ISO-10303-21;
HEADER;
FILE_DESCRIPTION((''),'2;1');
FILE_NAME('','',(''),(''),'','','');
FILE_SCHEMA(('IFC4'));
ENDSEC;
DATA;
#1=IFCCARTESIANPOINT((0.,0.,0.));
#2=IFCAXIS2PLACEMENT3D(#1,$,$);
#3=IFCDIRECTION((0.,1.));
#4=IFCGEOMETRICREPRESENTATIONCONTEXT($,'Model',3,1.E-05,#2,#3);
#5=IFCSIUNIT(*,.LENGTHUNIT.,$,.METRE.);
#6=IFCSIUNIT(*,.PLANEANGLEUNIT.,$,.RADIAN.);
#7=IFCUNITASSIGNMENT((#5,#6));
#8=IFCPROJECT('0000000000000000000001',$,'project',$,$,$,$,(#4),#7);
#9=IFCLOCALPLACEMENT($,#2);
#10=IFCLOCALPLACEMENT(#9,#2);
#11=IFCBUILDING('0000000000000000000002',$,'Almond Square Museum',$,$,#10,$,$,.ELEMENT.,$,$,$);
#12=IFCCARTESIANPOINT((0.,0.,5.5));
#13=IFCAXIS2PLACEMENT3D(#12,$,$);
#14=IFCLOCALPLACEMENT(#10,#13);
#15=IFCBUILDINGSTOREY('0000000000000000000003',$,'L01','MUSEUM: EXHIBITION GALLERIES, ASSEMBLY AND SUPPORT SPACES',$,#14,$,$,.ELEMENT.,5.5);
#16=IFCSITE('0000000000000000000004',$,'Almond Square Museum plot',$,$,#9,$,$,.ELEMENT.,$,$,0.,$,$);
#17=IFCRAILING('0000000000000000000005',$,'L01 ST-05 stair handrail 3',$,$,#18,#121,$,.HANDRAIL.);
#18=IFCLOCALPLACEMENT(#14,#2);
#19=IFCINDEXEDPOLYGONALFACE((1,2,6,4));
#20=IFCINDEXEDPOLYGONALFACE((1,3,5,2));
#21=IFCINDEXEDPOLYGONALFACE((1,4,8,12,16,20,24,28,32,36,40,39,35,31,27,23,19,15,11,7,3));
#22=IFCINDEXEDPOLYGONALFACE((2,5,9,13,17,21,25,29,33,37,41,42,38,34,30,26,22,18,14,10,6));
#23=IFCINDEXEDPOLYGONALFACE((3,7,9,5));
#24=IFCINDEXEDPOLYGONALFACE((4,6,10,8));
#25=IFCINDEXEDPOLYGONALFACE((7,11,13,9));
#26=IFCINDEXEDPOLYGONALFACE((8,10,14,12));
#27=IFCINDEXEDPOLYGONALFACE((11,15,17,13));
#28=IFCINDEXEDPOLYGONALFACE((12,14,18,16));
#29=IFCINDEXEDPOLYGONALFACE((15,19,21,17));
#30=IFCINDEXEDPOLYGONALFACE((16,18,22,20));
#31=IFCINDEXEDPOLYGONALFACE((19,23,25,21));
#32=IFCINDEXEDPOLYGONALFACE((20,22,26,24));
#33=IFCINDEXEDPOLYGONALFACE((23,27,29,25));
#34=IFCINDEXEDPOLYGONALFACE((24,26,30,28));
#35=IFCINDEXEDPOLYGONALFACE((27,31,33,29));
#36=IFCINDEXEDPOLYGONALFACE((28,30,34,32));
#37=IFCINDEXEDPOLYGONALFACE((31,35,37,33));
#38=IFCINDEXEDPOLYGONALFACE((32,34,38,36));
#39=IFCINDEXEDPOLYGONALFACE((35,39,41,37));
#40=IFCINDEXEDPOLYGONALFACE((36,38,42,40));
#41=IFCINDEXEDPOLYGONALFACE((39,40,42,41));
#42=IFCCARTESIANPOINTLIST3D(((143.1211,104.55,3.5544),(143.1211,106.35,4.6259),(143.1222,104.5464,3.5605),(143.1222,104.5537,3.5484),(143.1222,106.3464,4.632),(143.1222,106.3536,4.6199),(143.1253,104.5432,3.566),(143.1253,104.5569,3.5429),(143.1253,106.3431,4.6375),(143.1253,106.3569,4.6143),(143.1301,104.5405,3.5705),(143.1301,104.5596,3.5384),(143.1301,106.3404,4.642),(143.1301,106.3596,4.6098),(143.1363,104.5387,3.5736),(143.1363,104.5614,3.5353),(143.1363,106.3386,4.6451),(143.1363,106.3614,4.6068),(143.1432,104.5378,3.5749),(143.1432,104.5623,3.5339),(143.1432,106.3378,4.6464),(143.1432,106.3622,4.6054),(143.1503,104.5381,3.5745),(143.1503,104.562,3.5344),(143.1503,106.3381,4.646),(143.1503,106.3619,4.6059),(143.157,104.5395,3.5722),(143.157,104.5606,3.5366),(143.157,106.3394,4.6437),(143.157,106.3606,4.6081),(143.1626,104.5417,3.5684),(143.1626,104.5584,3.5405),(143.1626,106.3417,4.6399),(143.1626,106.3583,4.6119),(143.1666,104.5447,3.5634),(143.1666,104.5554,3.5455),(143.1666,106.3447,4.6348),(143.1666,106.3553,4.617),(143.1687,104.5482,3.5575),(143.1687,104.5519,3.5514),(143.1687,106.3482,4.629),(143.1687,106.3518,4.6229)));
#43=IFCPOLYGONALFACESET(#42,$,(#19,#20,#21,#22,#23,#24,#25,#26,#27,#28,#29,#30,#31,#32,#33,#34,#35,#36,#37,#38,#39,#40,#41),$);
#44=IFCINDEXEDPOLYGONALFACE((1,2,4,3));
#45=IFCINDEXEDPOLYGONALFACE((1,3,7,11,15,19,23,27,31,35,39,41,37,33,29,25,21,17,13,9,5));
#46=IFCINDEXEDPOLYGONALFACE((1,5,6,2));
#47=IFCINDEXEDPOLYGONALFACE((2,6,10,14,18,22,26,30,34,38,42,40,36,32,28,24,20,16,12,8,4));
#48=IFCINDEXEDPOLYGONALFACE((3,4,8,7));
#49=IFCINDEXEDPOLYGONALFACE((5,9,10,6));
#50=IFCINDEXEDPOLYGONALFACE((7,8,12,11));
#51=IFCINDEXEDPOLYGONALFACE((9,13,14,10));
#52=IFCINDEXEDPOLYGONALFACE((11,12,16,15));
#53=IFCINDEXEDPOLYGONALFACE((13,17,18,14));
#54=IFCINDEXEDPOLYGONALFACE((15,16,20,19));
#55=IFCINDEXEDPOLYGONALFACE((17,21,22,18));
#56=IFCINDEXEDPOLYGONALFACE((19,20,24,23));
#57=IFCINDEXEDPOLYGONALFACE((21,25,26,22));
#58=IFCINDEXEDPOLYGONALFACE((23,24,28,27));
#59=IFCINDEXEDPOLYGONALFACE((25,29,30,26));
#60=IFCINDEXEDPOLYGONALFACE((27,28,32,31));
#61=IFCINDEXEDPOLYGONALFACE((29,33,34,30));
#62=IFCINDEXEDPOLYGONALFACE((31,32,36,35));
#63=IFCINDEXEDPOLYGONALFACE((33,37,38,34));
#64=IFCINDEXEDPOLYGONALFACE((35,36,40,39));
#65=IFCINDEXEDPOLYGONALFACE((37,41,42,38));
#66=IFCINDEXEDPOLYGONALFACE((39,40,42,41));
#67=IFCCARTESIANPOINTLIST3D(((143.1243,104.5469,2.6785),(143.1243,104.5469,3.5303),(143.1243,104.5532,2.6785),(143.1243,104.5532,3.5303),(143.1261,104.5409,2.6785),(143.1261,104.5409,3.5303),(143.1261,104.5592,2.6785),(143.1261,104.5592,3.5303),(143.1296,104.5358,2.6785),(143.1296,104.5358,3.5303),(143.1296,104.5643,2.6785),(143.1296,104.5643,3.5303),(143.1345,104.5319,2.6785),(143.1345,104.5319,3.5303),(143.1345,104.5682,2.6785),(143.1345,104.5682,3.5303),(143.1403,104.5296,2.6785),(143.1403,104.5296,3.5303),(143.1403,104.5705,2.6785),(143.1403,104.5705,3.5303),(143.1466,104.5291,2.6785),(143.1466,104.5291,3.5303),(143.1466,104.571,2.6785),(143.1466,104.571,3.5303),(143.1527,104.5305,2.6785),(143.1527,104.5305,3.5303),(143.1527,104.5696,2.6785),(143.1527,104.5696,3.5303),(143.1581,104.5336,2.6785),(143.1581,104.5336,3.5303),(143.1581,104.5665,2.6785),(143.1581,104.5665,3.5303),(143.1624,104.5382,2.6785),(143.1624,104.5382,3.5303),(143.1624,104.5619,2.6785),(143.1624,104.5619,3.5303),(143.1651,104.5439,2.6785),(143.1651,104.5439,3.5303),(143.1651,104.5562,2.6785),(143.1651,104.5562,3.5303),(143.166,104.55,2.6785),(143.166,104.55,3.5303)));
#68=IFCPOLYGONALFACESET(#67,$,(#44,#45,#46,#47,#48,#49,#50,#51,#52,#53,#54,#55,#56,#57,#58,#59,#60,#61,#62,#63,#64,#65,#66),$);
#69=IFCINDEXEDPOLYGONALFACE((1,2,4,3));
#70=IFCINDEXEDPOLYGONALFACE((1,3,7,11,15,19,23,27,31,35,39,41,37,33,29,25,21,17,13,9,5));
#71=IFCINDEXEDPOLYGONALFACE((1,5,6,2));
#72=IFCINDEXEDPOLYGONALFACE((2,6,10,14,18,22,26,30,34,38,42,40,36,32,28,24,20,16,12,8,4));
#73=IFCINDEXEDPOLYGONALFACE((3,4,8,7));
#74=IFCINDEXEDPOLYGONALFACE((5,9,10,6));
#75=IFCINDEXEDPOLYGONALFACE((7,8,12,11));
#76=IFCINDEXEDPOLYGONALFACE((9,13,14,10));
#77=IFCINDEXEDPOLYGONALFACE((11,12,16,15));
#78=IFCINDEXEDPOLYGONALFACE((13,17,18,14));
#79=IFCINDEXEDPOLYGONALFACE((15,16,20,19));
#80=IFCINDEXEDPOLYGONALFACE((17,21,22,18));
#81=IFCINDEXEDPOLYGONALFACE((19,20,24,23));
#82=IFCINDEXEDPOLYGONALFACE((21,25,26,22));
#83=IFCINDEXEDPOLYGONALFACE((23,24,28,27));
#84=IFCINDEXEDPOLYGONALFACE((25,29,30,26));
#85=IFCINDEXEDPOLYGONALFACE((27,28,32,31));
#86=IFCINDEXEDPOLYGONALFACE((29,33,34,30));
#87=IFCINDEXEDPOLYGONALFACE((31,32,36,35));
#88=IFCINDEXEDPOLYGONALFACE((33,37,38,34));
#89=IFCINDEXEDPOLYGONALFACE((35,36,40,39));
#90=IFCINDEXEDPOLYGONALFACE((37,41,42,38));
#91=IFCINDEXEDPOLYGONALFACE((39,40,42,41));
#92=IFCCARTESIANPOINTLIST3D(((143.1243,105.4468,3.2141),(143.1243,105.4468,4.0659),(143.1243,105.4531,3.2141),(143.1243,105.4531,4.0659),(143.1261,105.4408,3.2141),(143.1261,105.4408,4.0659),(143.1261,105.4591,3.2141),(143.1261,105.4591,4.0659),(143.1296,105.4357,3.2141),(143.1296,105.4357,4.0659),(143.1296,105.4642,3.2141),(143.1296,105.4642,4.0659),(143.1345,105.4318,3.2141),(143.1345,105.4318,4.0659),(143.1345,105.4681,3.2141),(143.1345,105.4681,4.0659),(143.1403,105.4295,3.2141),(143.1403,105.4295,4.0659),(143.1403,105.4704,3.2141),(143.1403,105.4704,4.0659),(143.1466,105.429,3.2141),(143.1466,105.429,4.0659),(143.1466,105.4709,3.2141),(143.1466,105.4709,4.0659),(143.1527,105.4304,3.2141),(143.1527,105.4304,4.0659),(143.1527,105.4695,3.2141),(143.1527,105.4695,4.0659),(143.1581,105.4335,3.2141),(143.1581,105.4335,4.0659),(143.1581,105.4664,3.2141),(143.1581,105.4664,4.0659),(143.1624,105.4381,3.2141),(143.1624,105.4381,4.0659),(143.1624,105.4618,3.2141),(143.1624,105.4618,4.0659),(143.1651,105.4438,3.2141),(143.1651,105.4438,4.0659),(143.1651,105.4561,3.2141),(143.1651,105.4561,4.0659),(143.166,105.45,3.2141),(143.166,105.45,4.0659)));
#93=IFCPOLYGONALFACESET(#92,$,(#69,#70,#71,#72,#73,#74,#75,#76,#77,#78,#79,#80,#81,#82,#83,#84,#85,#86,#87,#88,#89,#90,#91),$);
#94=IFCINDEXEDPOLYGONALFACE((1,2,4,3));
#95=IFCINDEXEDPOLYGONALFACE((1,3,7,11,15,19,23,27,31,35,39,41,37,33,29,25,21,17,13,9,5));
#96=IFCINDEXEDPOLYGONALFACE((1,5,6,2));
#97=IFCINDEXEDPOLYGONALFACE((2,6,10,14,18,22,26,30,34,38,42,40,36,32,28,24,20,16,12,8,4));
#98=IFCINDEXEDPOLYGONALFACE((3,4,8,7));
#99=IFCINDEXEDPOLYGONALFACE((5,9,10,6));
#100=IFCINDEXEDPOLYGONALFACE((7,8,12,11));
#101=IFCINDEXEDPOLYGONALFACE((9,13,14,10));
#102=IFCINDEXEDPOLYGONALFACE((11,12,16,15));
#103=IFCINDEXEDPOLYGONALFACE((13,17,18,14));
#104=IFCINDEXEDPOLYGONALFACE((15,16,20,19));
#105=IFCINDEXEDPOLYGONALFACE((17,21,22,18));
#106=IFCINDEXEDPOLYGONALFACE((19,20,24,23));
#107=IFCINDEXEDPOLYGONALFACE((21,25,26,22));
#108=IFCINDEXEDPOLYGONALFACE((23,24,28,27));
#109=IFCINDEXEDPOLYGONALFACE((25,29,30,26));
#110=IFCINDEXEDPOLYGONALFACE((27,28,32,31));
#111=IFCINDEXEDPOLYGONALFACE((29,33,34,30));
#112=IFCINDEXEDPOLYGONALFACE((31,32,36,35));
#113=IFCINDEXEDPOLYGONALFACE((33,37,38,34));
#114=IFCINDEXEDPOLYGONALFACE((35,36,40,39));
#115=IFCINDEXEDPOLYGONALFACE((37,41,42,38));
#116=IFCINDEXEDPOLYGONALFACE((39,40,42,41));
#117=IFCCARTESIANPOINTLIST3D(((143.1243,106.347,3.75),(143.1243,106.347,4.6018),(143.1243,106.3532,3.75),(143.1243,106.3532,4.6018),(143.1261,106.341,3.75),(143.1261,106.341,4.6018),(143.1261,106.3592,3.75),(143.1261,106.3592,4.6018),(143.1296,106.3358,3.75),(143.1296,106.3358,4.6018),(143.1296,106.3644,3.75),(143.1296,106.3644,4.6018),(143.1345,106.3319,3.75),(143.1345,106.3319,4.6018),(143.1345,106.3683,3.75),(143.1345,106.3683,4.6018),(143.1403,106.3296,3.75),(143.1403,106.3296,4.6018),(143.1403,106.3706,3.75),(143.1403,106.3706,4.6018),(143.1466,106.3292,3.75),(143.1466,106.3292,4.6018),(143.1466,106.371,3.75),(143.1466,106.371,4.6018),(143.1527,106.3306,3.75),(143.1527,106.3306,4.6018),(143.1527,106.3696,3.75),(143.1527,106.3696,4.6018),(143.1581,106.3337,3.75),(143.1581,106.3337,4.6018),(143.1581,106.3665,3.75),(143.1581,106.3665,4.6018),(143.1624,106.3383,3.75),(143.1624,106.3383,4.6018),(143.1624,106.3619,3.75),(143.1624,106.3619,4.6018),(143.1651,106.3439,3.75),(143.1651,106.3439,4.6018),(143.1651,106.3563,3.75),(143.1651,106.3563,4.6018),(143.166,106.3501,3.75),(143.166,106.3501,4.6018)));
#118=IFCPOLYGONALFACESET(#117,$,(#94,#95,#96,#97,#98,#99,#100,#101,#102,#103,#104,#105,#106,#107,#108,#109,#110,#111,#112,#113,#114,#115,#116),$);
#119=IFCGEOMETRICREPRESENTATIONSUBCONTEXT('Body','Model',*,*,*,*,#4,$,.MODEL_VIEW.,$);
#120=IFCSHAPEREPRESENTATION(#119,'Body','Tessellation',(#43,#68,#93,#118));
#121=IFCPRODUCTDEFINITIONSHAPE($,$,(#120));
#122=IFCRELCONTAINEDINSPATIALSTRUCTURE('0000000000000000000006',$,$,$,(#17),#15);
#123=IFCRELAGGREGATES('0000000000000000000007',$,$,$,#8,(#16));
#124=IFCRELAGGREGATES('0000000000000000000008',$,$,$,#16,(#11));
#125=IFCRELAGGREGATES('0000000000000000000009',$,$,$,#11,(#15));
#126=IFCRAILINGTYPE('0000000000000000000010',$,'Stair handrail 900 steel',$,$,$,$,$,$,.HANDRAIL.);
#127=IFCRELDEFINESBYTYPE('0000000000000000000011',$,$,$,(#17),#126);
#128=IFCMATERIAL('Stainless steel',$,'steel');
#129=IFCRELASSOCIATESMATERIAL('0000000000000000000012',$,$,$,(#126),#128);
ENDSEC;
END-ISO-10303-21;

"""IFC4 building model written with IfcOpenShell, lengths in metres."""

from ifc_helpers import new_model, si_unit, direction, frame, origin, origin_2d, place, context, subcontext, project, spatial, circle, extrude, material, type_object, element, save


model = new_model("IFC4")

# Units and contexts
model_context = context("Model", 3, precision=1e-05, world=origin(), true_north=direction((0.0, 1.0)))
body_context = subcontext(model_context, "Body", "Model", "MODEL_VIEW")
ifc_project = project(units=[si_unit("LENGTHUNIT", "METRE"), si_unit("PLANEANGLEUNIT", "RADIAN")], contexts=[model_context])

# Site, building, storey
site_placement = place(None, origin())
site = spatial("IfcSite", under=ifc_project, at=site_placement, Name="Almond Square Museum plot", CompositionType="ELEMENT", RefElevation=0.0)
building_placement = place(site_placement, origin())
building = spatial("IfcBuilding", under=site, at=building_placement, Name="Almond Square Museum", CompositionType="ELEMENT")
storey_placement = place(building_placement, frame((0.0, 0.0, 5.5)))
storey = spatial("IfcBuildingStorey", under=building, at=storey_placement, Name="L01", Description="MUSEUM: EXHIBITION GALLERIES, ASSEMBLY AND SUPPORT SPACES", CompositionType="ELEMENT", Elevation=5.5)

# Railing
ifc_material_1 = material(Name="Stainless steel", Category="steel")
railing_type_1 = type_object("IfcRailingType", Name="Stair handrail 900 steel", PredefinedType="HANDRAIL", material=ifc_material_1)
railing_1_placement = place(storey_placement, frame((143.145, 104.55, 2.6785)))
element("IfcRailing", 1, at=railing_1_placement, inside=storey, type_object=railing_type_1, Name="L01 ST-05 stair handrail 3", PredefinedType="HANDRAIL", context=body_context, shape_type="SweptSolid", body=[
    extrude(circle(Radius=0.0239, at=origin_2d()), frame((0.0, 0.0, 0.876), z_axis=(0.0, 0.859277, 0.51151), x_axis=(-1.0, 0.0, 0.0)), (0.0, 0.0, 1.0), 2.0947),
    extrude(circle(Radius=0.021, at=origin_2d()), origin(), (0.0, 0.0, 1.0), 0.8518),
    extrude(circle(Radius=0.021, at=origin_2d()), frame((0.0, 0.8999, 0.5356)), (0.0, 0.0, 1.0), 0.8518),
    extrude(circle(Radius=0.021, at=origin_2d()), frame((0.0, 1.8, 1.0715)), (0.0, 0.0, 1.0), 0.8518),
])

save(model, "model.ifc")
